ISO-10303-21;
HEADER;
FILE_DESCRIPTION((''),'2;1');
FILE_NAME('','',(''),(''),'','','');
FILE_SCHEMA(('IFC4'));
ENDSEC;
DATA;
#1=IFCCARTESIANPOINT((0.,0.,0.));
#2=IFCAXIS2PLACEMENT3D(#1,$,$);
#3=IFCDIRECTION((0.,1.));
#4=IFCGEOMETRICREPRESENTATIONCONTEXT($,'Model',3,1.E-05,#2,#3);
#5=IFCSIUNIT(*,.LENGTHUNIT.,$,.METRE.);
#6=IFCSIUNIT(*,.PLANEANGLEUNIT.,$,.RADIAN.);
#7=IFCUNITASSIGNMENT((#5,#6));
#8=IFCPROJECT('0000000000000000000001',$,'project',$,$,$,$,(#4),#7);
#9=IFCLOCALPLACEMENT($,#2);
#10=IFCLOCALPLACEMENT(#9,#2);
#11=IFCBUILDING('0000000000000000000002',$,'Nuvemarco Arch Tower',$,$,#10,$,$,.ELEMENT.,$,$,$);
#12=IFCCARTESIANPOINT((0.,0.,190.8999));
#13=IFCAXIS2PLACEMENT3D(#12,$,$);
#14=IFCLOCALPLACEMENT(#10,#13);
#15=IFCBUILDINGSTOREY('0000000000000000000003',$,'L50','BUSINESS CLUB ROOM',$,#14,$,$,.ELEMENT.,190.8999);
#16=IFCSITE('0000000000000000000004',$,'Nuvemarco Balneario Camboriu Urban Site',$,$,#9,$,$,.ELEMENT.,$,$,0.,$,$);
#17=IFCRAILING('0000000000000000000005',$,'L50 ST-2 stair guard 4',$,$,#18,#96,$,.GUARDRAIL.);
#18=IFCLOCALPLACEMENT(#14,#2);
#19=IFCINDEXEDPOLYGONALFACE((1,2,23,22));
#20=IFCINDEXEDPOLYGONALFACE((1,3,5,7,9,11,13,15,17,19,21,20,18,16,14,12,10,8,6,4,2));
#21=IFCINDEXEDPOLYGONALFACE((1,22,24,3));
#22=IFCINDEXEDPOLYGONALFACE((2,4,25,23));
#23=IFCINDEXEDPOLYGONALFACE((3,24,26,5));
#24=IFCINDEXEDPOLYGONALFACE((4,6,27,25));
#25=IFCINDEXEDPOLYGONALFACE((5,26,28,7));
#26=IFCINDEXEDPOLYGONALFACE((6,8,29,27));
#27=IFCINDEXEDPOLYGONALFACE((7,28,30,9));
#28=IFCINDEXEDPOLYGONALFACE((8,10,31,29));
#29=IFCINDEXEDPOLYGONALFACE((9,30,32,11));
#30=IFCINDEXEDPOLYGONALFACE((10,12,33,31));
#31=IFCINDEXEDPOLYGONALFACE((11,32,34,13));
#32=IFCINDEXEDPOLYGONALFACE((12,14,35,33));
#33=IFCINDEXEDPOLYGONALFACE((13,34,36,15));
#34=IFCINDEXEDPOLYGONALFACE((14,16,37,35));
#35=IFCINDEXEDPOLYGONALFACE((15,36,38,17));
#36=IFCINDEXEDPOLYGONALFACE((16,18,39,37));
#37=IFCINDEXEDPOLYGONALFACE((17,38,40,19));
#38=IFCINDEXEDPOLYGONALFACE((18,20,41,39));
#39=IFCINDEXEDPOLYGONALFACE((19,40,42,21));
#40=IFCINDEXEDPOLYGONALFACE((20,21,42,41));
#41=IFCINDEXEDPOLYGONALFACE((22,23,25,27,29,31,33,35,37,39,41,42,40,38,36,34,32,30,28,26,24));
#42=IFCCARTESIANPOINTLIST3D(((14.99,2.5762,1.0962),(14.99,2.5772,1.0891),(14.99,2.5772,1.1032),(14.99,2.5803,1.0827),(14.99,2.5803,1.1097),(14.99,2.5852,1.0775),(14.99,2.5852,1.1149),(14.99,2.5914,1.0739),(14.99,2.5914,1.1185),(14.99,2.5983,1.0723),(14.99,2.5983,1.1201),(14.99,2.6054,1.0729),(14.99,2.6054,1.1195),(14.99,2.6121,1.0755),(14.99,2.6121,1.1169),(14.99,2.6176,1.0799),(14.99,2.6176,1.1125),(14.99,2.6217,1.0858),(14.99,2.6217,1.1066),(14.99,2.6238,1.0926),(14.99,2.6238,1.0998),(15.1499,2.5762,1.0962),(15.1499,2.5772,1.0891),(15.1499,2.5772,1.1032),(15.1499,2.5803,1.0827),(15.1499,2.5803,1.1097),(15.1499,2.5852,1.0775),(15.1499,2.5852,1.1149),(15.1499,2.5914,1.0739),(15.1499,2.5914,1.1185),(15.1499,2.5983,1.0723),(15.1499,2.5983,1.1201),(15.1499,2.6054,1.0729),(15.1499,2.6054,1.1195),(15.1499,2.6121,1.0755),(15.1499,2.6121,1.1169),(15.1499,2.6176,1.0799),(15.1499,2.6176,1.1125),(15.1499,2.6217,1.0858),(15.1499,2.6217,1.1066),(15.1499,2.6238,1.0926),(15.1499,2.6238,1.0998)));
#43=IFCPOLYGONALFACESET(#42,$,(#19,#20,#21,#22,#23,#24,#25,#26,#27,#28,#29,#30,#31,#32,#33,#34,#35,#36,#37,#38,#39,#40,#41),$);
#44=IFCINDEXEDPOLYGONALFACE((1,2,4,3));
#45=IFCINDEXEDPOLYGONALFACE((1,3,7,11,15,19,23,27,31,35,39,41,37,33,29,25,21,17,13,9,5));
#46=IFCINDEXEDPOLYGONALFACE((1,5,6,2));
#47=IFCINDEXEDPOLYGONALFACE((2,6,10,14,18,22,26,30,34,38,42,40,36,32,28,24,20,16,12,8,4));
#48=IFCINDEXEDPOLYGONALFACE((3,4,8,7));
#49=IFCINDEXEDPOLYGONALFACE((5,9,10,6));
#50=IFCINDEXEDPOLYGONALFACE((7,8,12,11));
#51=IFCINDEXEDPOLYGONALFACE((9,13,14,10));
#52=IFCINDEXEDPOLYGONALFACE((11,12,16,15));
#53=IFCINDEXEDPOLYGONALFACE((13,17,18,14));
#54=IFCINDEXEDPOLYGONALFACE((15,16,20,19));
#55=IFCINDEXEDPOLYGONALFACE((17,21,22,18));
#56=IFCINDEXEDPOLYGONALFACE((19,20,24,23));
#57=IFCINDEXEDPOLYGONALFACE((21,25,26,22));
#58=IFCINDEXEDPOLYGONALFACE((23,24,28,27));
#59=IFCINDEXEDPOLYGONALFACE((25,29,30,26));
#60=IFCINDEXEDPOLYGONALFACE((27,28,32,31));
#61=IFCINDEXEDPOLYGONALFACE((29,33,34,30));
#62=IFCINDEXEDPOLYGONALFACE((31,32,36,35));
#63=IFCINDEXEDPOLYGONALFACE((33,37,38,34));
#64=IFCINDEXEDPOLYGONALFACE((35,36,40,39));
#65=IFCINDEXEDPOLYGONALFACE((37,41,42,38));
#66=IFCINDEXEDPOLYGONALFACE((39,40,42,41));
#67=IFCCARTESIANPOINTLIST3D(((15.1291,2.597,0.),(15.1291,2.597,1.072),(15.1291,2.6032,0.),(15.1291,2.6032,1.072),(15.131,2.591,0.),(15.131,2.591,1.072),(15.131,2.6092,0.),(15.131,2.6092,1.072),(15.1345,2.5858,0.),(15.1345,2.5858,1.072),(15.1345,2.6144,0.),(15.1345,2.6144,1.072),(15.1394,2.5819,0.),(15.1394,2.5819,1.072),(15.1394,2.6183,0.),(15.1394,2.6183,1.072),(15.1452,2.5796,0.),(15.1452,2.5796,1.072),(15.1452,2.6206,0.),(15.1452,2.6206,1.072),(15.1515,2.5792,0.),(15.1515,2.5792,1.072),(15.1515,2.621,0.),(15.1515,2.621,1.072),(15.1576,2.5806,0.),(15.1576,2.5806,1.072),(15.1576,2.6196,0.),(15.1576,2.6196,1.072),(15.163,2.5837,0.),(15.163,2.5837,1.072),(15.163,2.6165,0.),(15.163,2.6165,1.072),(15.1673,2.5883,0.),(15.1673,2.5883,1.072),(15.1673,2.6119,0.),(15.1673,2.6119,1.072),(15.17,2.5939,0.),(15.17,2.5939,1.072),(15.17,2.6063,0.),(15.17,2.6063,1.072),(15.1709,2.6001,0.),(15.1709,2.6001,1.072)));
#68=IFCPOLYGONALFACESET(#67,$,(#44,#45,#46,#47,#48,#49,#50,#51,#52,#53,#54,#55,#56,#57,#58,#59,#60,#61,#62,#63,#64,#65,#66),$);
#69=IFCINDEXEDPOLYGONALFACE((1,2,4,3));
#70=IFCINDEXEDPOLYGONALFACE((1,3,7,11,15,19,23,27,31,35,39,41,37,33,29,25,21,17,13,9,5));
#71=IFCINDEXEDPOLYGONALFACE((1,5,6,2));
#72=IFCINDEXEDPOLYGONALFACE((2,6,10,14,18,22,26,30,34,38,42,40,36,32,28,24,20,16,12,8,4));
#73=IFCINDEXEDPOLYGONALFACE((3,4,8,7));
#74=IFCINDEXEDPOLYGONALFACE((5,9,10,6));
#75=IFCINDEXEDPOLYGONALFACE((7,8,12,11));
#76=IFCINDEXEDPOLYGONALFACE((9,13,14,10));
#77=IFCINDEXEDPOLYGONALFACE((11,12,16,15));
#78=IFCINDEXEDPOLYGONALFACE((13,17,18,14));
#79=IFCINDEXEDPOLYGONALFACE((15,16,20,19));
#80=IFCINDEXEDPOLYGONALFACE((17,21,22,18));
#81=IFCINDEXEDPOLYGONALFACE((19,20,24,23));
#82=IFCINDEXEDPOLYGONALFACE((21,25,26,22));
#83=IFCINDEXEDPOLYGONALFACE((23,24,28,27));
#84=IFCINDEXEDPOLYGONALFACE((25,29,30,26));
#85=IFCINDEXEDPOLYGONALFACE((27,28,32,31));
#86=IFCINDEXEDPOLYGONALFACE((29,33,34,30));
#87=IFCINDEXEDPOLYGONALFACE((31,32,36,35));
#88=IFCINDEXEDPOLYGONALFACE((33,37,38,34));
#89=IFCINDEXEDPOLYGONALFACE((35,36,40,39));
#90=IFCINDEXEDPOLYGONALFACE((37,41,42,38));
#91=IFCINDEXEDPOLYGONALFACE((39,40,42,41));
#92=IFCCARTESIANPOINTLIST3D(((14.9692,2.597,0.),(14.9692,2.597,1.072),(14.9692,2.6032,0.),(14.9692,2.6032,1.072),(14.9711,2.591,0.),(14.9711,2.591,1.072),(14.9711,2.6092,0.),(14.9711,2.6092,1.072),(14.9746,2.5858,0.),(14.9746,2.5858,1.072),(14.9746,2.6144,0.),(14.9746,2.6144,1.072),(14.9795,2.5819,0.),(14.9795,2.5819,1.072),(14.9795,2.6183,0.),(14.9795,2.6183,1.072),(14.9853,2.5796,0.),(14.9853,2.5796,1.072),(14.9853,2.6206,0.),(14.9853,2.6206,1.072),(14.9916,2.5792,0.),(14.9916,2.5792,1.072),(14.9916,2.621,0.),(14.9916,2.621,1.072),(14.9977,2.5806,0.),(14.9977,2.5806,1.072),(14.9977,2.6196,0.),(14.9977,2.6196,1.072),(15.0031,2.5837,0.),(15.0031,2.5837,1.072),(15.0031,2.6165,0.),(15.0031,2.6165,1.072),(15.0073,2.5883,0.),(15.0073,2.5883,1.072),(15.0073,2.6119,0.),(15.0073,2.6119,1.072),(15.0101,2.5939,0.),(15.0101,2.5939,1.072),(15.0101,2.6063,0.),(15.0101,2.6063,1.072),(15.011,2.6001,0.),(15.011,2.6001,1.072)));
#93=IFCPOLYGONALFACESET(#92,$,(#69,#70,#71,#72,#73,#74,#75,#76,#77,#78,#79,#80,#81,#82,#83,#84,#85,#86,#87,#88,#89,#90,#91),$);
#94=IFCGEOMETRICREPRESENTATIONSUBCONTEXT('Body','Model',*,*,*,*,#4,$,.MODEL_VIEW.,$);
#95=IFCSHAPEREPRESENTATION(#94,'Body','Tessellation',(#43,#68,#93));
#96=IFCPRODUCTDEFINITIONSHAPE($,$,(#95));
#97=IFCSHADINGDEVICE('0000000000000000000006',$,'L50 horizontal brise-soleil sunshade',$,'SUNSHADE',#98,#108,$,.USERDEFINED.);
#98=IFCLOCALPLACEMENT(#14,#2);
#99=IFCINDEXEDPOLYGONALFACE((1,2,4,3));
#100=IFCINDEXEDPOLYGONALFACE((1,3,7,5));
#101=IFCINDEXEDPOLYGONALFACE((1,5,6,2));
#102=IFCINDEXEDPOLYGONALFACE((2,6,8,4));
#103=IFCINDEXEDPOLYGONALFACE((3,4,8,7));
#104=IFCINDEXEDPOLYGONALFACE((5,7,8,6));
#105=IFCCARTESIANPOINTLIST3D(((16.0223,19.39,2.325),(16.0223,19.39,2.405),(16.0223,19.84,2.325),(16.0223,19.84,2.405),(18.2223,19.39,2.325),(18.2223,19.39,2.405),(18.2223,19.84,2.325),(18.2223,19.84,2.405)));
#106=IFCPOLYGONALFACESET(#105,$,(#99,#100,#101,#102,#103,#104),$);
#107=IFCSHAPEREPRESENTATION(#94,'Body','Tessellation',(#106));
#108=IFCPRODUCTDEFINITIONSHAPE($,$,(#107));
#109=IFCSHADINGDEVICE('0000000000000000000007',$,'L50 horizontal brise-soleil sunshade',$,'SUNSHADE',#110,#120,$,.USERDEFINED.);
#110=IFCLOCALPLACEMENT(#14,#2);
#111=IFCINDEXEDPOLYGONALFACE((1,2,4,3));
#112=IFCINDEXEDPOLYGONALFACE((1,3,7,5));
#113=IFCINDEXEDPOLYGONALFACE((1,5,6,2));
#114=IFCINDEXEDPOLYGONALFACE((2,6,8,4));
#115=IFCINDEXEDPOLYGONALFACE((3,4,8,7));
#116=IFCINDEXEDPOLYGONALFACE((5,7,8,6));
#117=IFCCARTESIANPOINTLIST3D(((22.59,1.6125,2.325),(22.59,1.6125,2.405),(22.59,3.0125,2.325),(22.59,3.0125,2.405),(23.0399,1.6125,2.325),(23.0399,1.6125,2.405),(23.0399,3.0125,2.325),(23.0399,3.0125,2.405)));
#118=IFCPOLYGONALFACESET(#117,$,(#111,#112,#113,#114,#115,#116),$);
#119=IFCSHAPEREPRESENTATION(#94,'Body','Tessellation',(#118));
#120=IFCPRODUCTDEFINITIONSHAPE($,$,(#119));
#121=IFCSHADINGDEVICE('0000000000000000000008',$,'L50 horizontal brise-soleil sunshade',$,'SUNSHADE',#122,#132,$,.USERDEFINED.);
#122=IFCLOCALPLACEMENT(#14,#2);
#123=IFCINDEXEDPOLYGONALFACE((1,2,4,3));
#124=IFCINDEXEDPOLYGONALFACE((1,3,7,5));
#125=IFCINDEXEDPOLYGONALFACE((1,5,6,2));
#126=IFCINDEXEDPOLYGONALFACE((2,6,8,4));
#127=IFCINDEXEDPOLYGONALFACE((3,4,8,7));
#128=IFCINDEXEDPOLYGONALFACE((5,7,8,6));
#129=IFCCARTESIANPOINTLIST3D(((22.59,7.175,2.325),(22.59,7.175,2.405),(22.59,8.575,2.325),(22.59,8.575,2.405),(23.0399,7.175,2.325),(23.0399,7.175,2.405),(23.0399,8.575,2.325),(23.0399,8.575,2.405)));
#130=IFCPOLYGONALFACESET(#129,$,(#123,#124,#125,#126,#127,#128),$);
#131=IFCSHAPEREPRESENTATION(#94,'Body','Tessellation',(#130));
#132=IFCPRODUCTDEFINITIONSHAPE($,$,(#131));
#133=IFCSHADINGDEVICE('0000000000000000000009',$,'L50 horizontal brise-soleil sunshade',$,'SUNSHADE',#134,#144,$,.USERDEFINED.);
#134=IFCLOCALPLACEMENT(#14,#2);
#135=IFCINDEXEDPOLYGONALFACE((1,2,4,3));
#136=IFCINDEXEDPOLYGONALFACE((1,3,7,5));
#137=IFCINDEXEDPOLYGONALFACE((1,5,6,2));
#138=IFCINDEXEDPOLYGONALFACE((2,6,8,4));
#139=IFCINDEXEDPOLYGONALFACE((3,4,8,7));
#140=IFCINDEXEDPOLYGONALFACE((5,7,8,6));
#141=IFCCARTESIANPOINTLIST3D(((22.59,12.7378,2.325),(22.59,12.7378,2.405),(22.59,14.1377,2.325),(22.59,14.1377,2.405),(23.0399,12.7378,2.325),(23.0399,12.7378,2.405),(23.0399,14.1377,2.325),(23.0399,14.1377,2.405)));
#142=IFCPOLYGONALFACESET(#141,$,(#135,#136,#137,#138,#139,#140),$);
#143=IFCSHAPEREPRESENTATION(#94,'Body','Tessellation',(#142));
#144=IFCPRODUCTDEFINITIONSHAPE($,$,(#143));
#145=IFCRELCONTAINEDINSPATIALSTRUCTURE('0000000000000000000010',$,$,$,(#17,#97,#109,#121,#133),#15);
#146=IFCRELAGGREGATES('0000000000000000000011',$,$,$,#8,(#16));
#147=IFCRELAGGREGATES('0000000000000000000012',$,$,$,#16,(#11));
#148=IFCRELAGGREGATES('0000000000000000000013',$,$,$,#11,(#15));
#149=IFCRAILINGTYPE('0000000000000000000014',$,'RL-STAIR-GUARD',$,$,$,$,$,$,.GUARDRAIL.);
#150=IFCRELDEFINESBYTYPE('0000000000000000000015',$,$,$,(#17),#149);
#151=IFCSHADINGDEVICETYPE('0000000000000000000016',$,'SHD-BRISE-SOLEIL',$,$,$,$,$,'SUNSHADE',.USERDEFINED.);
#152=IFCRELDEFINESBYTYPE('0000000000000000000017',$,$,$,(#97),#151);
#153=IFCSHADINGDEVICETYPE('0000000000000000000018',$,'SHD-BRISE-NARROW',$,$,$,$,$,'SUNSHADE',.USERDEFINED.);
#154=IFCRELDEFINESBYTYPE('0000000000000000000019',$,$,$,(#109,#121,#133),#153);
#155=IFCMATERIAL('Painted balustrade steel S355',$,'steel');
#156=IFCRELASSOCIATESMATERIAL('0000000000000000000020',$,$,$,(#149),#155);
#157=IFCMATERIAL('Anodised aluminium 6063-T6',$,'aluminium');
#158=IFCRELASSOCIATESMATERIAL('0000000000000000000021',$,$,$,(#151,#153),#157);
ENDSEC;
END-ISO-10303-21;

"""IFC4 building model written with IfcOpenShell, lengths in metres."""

from ifc_helpers import new_model, si_unit, direction, frame, origin, origin_2d, place, context, subcontext, project, spatial, rectangle, circle, extrude, source, transform, mapped, material, type_object, type_shapes, element, save


model = new_model("IFC4")

# Units and contexts
model_context = context("Model", 3, precision=1e-05, world=origin(), true_north=direction((0.0, 1.0)))
body_context = subcontext(model_context, "Body", "Model", "MODEL_VIEW")
ifc_project = project(units=[si_unit("LENGTHUNIT", "METRE"), si_unit("PLANEANGLEUNIT", "RADIAN")], contexts=[model_context])

# Site, building, storey
site_placement = place(None, origin())
site = spatial("IfcSite", under=ifc_project, at=site_placement, Name="Nuvemarco Balneario Camboriu Urban Site", CompositionType="ELEMENT", RefElevation=0.0)
building_placement = place(site_placement, origin())
building = spatial("IfcBuilding", under=site, at=building_placement, Name="Nuvemarco Arch Tower", CompositionType="ELEMENT")
storey_placement = place(building_placement, frame((0.0, 0.0, 190.8999)))
storey = spatial("IfcBuildingStorey", under=building, at=storey_placement, Name="L50", Description="BUSINESS CLUB ROOM", CompositionType="ELEMENT", Elevation=190.8999)

# Railing
ifc_material_1 = material(Name="Painted balustrade steel S355", Category="steel")
railing_type_1 = type_object("IfcRailingType", Name="RL-STAIR-GUARD", PredefinedType="GUARDRAIL", material=ifc_material_1)
railing_1_placement = place(storey_placement, frame((15.1499, 2.6001, 0.0)))
element("IfcRailing", 1, at=railing_1_placement, inside=storey, type_object=railing_type_1, Name="L50 ST-2 stair guard 4", PredefinedType="GUARDRAIL", context=body_context, shape_type="SweptSolid", body=[
    extrude(circle(Radius=0.0239, at=origin_2d()), frame((0.0, 0.0, 1.0962), z_axis=(-1.0, 0.0, 0.0), x_axis=(0.0, -1.0, 0.0)), (0.0, 0.0, 1.0), 0.1599),
    extrude(circle(Radius=0.021, at=origin_2d()), origin(), (0.0, 0.0, 1.0), 1.072),
    extrude(circle(Radius=0.021, at=origin_2d()), frame((-0.1599, 0.0, 0.0)), (0.0, 0.0, 1.0), 1.072),
])

# Shading devices
ifc_material_2 = material(Name="Anodised aluminium 6063-T6", Category="aluminium")
shading_device_type_1 = type_object("IfcShadingDeviceType", Name="SHD-BRISE-SOLEIL", ElementType="SUNSHADE", PredefinedType="USERDEFINED", material=ifc_material_2)
shared_shape_1 = source(origin(), body_context, "Body", "SweptSolid", [
    extrude(rectangle(XDim=2.2, YDim=0.45, at=origin_2d()), origin(), (0.0, 0.0, 1.0), 0.0801),
])
type_shapes(shading_device_type_1, [shared_shape_1])
shading_device_placement = place(storey_placement, frame((17.1223, 19.615, 2.325), z_axis=(0.0, 0.0, 1.0), x_axis=(1.0, 0.0, 0.0)))
element("IfcShadingDevice", 2, at=shading_device_placement, inside=storey, type_object=shading_device_type_1, Name="L50 horizontal brise-soleil sunshade", ObjectType="SUNSHADE", PredefinedType="USERDEFINED", context=body_context, shape_type="MappedRepresentation", body=[
    mapped(shared_shape_1, transform((0.0, 0.0, 0.0), scale=1.0)),
])
shading_device_type_2 = type_object("IfcShadingDeviceType", Name="SHD-BRISE-NARROW", ElementType="SUNSHADE", PredefinedType="USERDEFINED", material=ifc_material_2)
shared_shape_2 = source(origin(), body_context, "Body", "SweptSolid", [
    extrude(rectangle(XDim=1.3999, YDim=0.45, at=origin_2d()), origin(), (0.0, 0.0, 1.0), 0.0801),
])
type_shapes(shading_device_type_2, [shared_shape_2])
for number, where, z_axis, x_axis, name in (
    (3, (22.8149, 2.3125, 2.325), (0.0, 0.0, 1.0), (0.0, 1.0, 0.0), "L50 horizontal brise-soleil sunshade"),
    (4, (22.8149, 7.875, 2.325), (0.0, 0.0, 1.0), (0.0, 1.0, 0.0), "L50 horizontal brise-soleil sunshade"),
    (5, (22.8149, 13.4377, 2.325), (0.0, 0.0, 1.0), (0.0, 1.0, 0.0), "L50 horizontal brise-soleil sunshade"),
):
    element("IfcShadingDevice", number, at=place(storey_placement, frame(where, z_axis=z_axis, x_axis=x_axis)), inside=storey, type_object=shading_device_type_2, Name=name, ObjectType="SUNSHADE", PredefinedType="USERDEFINED", context=body_context, shape_type="MappedRepresentation", body=[
        mapped(shared_shape_2, transform((0.0, 0.0, 0.0), scale=1.0)),
    ])

save(model, "model.ifc")
